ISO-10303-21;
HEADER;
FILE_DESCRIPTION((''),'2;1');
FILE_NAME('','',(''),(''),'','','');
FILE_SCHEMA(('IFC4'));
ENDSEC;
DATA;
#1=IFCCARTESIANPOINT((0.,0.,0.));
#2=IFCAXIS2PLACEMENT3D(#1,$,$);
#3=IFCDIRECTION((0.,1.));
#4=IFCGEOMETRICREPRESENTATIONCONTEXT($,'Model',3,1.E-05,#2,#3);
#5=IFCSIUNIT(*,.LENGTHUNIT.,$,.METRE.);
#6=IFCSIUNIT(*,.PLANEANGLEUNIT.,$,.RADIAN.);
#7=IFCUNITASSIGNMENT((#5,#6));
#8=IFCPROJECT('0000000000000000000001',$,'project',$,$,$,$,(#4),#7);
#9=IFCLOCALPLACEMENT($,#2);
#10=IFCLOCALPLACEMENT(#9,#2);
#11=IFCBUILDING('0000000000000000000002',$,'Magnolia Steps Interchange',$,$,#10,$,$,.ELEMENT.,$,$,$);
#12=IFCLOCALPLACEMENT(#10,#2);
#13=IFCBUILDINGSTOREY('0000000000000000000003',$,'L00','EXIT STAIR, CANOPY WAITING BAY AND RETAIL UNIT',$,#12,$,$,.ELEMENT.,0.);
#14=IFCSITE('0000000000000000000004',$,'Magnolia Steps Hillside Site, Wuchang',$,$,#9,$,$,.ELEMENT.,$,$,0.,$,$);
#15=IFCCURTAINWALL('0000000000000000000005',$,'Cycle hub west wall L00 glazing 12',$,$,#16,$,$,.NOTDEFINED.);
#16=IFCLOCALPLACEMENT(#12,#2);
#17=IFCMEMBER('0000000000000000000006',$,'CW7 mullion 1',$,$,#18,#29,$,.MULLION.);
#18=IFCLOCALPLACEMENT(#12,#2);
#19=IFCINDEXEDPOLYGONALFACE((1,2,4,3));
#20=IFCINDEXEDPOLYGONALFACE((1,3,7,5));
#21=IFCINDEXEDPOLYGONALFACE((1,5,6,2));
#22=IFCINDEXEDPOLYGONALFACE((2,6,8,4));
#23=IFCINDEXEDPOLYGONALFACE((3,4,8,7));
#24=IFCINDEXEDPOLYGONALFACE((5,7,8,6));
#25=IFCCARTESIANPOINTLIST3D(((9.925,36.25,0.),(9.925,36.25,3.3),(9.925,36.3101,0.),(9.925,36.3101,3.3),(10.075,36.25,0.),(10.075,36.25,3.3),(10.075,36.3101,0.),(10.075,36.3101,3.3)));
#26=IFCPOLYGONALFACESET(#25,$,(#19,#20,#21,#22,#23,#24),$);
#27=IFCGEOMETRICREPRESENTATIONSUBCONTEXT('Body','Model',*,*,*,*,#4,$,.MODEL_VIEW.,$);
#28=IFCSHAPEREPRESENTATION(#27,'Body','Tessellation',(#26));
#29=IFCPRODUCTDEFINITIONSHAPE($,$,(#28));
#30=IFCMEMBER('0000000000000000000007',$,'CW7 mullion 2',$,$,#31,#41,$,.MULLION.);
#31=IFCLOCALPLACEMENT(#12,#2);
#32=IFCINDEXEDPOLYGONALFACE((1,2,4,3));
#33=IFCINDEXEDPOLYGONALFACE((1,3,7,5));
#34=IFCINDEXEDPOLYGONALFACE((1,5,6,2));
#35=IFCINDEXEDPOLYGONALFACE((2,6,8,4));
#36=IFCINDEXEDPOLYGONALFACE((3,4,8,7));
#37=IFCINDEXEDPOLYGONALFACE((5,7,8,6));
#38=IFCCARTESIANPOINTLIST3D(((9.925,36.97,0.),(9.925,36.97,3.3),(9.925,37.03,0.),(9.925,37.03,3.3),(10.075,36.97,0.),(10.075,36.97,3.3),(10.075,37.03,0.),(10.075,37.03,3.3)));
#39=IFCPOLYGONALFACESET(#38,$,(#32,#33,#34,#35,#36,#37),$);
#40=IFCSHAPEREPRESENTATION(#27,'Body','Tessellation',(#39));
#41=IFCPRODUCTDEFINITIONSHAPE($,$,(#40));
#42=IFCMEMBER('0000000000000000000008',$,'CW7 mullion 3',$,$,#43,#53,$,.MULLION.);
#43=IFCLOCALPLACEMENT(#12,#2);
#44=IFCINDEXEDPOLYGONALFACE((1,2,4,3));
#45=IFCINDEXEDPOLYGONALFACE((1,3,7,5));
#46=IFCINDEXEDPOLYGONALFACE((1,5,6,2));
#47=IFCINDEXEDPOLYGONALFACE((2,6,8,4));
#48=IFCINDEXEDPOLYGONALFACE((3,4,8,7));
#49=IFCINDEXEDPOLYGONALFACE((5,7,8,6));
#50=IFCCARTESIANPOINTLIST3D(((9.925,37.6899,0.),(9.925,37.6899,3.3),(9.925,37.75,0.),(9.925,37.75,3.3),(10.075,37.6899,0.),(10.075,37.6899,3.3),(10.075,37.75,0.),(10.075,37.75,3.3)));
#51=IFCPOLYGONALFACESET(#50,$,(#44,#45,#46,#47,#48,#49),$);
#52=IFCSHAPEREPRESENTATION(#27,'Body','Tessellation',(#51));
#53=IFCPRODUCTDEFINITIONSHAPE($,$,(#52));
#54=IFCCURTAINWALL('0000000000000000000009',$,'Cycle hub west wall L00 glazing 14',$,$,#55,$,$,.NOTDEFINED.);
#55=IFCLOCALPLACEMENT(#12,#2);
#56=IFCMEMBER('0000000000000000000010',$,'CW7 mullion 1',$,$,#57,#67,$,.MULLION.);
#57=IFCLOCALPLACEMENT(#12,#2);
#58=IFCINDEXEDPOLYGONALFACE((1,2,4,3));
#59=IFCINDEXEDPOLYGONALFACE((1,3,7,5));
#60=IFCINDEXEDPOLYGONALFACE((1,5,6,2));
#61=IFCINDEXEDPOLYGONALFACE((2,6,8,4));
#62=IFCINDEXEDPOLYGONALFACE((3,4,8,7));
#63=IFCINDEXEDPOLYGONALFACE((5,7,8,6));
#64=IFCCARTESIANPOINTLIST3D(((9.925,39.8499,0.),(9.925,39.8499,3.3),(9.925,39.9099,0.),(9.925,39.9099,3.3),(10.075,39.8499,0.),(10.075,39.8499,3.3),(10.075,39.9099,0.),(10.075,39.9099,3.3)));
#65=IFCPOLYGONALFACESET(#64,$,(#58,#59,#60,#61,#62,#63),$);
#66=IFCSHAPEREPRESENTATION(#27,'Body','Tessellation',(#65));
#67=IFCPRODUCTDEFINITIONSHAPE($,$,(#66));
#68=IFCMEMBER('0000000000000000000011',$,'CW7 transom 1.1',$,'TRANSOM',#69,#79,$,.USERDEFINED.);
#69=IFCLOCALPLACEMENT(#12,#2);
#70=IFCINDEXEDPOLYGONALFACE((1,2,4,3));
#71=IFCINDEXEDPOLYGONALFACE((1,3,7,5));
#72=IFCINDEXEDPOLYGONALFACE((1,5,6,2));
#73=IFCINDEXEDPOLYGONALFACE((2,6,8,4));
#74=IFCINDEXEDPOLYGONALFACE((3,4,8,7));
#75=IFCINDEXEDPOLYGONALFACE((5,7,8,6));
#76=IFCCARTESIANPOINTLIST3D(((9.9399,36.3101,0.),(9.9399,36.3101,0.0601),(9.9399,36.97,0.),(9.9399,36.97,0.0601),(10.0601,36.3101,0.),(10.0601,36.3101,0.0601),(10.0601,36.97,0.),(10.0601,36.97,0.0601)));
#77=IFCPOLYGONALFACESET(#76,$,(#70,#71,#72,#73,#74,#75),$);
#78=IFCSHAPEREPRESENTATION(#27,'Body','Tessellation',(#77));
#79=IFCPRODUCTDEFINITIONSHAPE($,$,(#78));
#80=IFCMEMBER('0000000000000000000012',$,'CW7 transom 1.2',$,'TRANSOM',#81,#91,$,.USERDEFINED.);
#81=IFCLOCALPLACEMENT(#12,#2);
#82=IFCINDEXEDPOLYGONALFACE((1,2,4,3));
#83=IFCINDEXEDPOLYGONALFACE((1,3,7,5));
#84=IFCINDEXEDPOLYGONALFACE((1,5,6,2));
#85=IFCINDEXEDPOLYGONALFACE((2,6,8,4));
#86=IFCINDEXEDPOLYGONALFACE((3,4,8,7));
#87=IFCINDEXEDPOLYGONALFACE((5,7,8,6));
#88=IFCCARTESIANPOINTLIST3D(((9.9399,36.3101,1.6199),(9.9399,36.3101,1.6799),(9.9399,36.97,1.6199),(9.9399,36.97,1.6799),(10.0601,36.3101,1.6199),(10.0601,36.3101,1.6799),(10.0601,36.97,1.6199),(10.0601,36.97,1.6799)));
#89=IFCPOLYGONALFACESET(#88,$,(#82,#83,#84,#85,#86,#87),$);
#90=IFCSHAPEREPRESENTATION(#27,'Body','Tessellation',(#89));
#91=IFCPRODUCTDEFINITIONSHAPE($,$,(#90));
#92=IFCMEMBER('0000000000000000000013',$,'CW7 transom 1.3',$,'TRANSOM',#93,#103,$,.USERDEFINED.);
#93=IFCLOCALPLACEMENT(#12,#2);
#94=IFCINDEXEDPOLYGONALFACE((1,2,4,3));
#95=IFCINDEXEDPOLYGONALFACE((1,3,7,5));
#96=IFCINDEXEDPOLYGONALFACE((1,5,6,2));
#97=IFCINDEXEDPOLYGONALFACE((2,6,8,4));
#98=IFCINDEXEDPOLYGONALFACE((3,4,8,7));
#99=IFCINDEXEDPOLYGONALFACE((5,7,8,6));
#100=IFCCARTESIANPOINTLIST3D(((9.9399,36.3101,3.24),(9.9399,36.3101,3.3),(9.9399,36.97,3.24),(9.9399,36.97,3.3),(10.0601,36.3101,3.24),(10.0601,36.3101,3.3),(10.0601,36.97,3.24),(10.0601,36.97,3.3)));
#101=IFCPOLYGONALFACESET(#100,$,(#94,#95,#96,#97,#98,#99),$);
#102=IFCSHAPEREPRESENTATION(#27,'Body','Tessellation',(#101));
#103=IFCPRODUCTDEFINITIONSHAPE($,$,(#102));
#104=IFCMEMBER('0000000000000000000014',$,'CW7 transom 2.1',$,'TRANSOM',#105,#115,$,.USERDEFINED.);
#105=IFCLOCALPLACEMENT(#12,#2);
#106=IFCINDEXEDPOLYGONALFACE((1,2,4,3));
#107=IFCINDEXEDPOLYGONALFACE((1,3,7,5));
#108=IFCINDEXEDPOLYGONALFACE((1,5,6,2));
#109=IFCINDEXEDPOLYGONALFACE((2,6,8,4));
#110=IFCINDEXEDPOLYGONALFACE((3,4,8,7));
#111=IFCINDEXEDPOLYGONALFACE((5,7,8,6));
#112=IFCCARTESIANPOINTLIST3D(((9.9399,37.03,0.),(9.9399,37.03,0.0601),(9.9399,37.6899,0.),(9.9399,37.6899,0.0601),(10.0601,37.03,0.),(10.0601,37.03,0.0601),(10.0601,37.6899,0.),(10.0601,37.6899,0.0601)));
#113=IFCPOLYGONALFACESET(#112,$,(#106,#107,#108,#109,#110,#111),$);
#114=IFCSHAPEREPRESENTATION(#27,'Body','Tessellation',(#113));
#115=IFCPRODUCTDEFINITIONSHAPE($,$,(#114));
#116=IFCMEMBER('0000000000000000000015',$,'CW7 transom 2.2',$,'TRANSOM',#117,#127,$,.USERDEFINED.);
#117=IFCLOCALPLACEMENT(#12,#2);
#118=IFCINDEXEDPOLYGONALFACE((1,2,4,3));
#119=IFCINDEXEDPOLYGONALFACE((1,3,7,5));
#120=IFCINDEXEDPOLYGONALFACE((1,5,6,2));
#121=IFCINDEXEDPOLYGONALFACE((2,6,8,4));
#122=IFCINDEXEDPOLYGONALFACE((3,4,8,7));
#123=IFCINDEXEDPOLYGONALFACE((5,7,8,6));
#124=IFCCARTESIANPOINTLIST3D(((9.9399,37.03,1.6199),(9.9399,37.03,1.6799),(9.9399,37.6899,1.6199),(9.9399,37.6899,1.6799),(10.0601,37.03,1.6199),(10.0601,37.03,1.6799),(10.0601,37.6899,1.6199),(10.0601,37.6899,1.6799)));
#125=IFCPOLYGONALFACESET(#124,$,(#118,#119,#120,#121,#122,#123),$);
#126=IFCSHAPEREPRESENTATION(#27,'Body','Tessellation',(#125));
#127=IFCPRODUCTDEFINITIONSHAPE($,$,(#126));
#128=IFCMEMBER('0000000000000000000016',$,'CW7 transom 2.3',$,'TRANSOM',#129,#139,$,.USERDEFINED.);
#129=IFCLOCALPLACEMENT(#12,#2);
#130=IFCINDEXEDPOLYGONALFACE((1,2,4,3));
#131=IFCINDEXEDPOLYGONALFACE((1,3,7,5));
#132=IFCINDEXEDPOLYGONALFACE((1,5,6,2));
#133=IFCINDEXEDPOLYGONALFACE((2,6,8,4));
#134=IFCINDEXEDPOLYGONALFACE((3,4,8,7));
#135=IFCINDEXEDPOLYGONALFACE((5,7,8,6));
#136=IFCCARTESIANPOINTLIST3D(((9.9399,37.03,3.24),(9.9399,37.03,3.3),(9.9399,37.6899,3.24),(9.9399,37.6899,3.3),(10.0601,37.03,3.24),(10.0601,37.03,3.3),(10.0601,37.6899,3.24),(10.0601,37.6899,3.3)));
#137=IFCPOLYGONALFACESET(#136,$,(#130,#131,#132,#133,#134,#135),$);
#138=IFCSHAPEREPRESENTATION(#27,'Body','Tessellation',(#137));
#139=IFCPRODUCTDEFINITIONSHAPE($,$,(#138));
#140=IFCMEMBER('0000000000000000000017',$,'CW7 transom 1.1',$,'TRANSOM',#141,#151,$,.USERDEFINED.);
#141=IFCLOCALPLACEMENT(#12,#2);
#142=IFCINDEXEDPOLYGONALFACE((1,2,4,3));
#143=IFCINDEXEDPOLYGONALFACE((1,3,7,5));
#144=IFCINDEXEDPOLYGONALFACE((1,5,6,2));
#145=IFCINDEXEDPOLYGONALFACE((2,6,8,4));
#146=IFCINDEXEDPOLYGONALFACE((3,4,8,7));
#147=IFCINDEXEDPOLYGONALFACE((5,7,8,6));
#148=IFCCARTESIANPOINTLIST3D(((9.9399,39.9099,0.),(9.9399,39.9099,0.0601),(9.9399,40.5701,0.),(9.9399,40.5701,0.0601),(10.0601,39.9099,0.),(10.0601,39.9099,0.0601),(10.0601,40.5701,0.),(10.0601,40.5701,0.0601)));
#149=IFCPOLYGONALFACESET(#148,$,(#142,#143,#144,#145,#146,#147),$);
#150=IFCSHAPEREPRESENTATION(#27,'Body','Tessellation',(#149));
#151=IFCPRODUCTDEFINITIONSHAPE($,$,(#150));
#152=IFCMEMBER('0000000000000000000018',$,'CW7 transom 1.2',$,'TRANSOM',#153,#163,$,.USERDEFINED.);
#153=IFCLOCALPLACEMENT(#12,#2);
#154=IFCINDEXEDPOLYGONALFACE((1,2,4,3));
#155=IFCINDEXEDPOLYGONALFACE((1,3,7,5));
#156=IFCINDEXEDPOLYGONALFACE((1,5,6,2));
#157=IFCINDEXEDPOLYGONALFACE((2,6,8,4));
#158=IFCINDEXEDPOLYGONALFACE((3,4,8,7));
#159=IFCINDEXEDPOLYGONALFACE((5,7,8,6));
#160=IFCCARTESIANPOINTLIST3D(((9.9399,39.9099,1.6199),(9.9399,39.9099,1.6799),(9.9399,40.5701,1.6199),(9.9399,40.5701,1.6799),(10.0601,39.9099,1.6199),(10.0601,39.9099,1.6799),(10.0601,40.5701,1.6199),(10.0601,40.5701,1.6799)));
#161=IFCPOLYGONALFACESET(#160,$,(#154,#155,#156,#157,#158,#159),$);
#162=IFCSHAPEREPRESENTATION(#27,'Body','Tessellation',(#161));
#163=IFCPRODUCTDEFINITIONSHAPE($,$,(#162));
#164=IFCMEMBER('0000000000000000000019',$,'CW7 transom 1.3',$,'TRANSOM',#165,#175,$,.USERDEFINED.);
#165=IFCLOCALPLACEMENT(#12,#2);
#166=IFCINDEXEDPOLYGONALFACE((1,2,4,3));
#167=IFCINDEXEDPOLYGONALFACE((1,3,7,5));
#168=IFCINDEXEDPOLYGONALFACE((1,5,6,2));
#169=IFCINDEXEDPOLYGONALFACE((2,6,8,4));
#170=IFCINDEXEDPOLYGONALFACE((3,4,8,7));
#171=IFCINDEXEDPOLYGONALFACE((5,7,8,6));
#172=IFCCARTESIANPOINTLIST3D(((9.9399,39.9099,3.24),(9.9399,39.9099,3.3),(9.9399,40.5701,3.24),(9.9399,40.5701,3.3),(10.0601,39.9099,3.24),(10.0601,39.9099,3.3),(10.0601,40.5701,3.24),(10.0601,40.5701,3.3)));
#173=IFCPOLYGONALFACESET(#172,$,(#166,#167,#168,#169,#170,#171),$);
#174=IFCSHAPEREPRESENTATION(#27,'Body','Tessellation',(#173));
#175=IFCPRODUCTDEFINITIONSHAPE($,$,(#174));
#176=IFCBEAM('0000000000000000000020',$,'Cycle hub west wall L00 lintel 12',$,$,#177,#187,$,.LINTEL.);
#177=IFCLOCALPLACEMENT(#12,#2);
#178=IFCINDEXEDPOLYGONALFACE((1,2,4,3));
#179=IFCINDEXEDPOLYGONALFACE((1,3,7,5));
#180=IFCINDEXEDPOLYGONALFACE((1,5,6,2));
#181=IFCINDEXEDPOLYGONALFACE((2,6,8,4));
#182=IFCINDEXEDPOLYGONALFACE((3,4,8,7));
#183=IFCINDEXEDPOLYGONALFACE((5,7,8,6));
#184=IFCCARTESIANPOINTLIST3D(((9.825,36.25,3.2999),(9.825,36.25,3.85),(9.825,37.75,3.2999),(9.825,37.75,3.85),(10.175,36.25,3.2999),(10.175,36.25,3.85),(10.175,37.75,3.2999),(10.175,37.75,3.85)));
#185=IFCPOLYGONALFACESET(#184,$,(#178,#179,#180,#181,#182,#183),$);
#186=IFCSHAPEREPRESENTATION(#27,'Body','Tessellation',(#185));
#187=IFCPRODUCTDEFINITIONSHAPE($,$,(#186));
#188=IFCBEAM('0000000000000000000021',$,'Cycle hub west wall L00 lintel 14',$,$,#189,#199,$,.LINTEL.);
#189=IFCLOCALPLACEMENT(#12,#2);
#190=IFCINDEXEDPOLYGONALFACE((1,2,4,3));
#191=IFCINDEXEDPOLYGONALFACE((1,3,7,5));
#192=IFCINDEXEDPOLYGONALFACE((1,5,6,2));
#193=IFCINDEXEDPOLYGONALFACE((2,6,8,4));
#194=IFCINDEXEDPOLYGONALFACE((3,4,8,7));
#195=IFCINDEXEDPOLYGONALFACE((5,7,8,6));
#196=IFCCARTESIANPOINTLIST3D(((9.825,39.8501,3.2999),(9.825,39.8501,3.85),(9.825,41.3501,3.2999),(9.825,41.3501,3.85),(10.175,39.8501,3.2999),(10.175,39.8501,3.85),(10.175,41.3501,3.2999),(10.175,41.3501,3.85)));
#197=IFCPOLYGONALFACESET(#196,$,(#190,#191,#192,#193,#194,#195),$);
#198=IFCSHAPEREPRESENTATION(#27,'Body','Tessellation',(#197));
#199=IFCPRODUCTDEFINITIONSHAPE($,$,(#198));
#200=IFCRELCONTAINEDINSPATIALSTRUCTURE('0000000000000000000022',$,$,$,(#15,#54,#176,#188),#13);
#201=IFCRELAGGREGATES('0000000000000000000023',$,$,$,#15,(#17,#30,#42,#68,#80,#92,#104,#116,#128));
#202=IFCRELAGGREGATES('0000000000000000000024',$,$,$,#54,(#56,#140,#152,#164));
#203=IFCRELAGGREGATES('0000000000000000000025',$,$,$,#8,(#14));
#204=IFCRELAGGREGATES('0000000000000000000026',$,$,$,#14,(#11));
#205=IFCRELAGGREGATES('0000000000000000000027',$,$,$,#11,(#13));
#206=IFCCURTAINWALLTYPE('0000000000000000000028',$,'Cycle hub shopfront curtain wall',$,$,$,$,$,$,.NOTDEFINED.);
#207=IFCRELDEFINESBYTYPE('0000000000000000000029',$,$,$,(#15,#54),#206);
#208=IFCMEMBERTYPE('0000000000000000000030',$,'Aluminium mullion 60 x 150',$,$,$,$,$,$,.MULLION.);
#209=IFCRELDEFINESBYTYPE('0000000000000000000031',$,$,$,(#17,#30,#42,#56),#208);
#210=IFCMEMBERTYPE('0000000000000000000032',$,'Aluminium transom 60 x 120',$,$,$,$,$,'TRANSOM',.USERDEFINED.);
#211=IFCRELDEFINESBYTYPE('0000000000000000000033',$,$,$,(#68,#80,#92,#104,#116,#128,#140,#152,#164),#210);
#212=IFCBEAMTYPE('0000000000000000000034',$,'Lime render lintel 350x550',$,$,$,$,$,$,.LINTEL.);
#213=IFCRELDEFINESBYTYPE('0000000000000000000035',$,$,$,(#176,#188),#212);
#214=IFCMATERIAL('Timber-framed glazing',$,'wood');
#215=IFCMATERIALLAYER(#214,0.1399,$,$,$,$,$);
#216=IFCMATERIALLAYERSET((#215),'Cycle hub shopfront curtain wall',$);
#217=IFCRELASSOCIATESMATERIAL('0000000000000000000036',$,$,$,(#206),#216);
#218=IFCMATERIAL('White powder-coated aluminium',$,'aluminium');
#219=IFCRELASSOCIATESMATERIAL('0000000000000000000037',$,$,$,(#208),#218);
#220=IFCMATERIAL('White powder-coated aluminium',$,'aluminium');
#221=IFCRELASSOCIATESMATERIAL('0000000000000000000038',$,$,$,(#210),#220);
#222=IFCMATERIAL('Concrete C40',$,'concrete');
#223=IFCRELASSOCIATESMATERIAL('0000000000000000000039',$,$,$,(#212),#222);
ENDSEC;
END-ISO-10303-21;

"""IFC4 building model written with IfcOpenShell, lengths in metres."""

from ifc_helpers import new_model, si_unit, direction, frame, origin, origin_2d, place, context, subcontext, project, spatial, rectangle, extrude, material, layer, layer_set, material_profile, profile_set, type_object, element, aggregate, save


model = new_model("IFC4")

# Units and contexts
model_context = context("Model", 3, precision=1e-05, world=origin(), true_north=direction((0.0, 1.0)))
body_context = subcontext(model_context, "Body", "Model", "MODEL_VIEW")
ifc_project = project(units=[si_unit("LENGTHUNIT", "METRE"), si_unit("PLANEANGLEUNIT", "RADIAN")], contexts=[model_context])

# Site, building, storey
site_placement = place(None, origin())
site = spatial("IfcSite", under=ifc_project, at=site_placement, Name="Magnolia Steps Hillside Site, Wuchang", CompositionType="ELEMENT", RefElevation=0.0)
building_placement = place(site_placement, origin())
building = spatial("IfcBuilding", under=site, at=building_placement, Name="Magnolia Steps Interchange", CompositionType="ELEMENT")
storey_placement = place(building_placement, origin())
storey = spatial("IfcBuildingStorey", under=building, at=storey_placement, Name="L00", Description="EXIT STAIR, CANOPY WAITING BAY AND RETAIL UNIT", CompositionType="ELEMENT", Elevation=0.0)

# Curtain wall, members
ifc_material_1 = material(Name="Timber-framed glazing", Category="wood")
ifc_layer_1 = layer(ifc_material_1, 0.1399)
ifc_layer_set_1 = layer_set([ifc_layer_1], Name="Cycle hub shopfront curtain wall")
curtain_wall_type = type_object("IfcCurtainWallType", Name="Cycle hub shopfront curtain wall", PredefinedType="NOTDEFINED", material=ifc_layer_set_1)
curtain_wall_1_placement = place(storey_placement, origin())
curtain_wall_1 = element("IfcCurtainWall", 1, at=curtain_wall_1_placement, inside=storey, type_object=curtain_wall_type, Name="Cycle hub west wall L00 glazing 12", PredefinedType="NOTDEFINED")
ifc_material_2 = material(Name="White powder-coated aluminium", Category="aluminium")
ifc_material_profile_1 = material_profile(ifc_material_2, rectangle(XDim=0.0601, YDim=0.1499, at=origin_2d()), Name="Aluminium mullion 60 x 150")
ifc_profile_set_1 = profile_set([ifc_material_profile_1], Name="White powder-coated aluminium")
member_type_1 = type_object("IfcMemberType", Name="Aluminium mullion 60 x 150", PredefinedType="MULLION", material=ifc_profile_set_1)
member_1_placement = place(storey_placement, frame((10.0, 36.28, 0.0), z_axis=(0.0, 0.0, 1.0), x_axis=(0.0, 1.0, 0.0)))
member_1 = element("IfcMember", 2, at=member_1_placement, type_object=member_type_1, Name="CW7 mullion 1", PredefinedType="MULLION", context=body_context, shape_type="SweptSolid", body=[
    extrude(rectangle(XDim=0.0601, YDim=0.1499, at=origin_2d()), origin(), (0.0, 0.0, 1.0), 3.3),
])
member_2_placement = place(storey_placement, frame((10.0, 37.0, 0.0), z_axis=(0.0, 0.0, 1.0), x_axis=(0.0, 1.0, 0.0)))
member_2 = element("IfcMember", 3, at=member_2_placement, type_object=member_type_1, Name="CW7 mullion 2", PredefinedType="MULLION", context=body_context, shape_type="SweptSolid", body=[
    extrude(rectangle(XDim=0.0601, YDim=0.1499, at=origin_2d()), origin(), (0.0, 0.0, 1.0), 3.3),
])
member_3_placement = place(storey_placement, frame((10.0, 37.72, 0.0), z_axis=(0.0, 0.0, 1.0), x_axis=(0.0, 1.0, 0.0)))
member_3 = element("IfcMember", 4, at=member_3_placement, type_object=member_type_1, Name="CW7 mullion 3", PredefinedType="MULLION", context=body_context, shape_type="SweptSolid", body=[
    extrude(rectangle(XDim=0.0601, YDim=0.1499, at=origin_2d()), origin(), (0.0, 0.0, 1.0), 3.3),
])

# Curtain wall, member
curtain_wall_2_placement = place(storey_placement, origin())
curtain_wall_2 = element("IfcCurtainWall", 5, at=curtain_wall_2_placement, inside=storey, type_object=curtain_wall_type, Name="Cycle hub west wall L00 glazing 14", PredefinedType="NOTDEFINED")
member_4_placement = place(storey_placement, frame((10.0, 39.8799, 0.0), z_axis=(0.0, 0.0, 1.0), x_axis=(0.0, 1.0, 0.0)))
member_4 = element("IfcMember", 6, at=member_4_placement, type_object=member_type_1, Name="CW7 mullion 1", PredefinedType="MULLION", context=body_context, shape_type="SweptSolid", body=[
    extrude(rectangle(XDim=0.0601, YDim=0.1499, at=origin_2d()), origin(), (0.0, 0.0, 1.0), 3.3),
])

# Members
ifc_material_3 = material(Name="White powder-coated aluminium", Category="aluminium")
ifc_material_profile_2 = material_profile(ifc_material_3, rectangle(XDim=0.0601, YDim=0.1201, at=origin_2d()), Name="Aluminium transom 60 x 120")
ifc_profile_set_2 = profile_set([ifc_material_profile_2], Name="White powder-coated aluminium")
member_type_2 = type_object("IfcMemberType", Name="Aluminium transom 60 x 120", ElementType="TRANSOM", PredefinedType="USERDEFINED", material=ifc_profile_set_2)
member_5_placement = place(storey_placement, frame((10.0, 36.3101, 0.03), z_axis=(0.0, 1.0, 0.0), x_axis=(0.0, 0.0, 1.0)))
member_5 = element("IfcMember", 7, at=member_5_placement, type_object=member_type_2, Name="CW7 transom 1.1", ObjectType="TRANSOM", PredefinedType="USERDEFINED", context=body_context, shape_type="SweptSolid", body=[
    extrude(rectangle(XDim=0.0601, YDim=0.1201, at=origin_2d()), origin(), (0.0, 0.0, 1.0), 0.6599),
])
member_6_placement = place(storey_placement, frame((10.0, 36.3101, 1.6499), z_axis=(0.0, 1.0, 0.0), x_axis=(0.0, 0.0, 1.0)))
member_6 = element("IfcMember", 8, at=member_6_placement, type_object=member_type_2, Name="CW7 transom 1.2", ObjectType="TRANSOM", PredefinedType="USERDEFINED", context=body_context, shape_type="SweptSolid", body=[
    extrude(rectangle(XDim=0.0601, YDim=0.1201, at=origin_2d()), origin(), (0.0, 0.0, 1.0), 0.6599),
])
member_7_placement = place(storey_placement, frame((10.0, 36.3101, 3.27), z_axis=(0.0, 1.0, 0.0), x_axis=(0.0, 0.0, 1.0)))
member_7 = element("IfcMember", 9, at=member_7_placement, type_object=member_type_2, Name="CW7 transom 1.3", ObjectType="TRANSOM", PredefinedType="USERDEFINED", context=body_context, shape_type="SweptSolid", body=[
    extrude(rectangle(XDim=0.0601, YDim=0.1201, at=origin_2d()), origin(), (0.0, 0.0, 1.0), 0.6599),
])
member_8_placement = place(storey_placement, frame((10.0, 37.03, 0.03), z_axis=(0.0, 1.0, 0.0), x_axis=(0.0, 0.0, 1.0)))
member_8 = element("IfcMember", 10, at=member_8_placement, type_object=member_type_2, Name="CW7 transom 2.1", ObjectType="TRANSOM", PredefinedType="USERDEFINED", context=body_context, shape_type="SweptSolid", body=[
    extrude(rectangle(XDim=0.0601, YDim=0.1201, at=origin_2d()), origin(), (0.0, 0.0, 1.0), 0.6599),
])
member_9_placement = place(storey_placement, frame((10.0, 37.03, 1.6499), z_axis=(0.0, 1.0, 0.0), x_axis=(0.0, 0.0, 1.0)))
member_9 = element("IfcMember", 11, at=member_9_placement, type_object=member_type_2, Name="CW7 transom 2.2", ObjectType="TRANSOM", PredefinedType="USERDEFINED", context=body_context, shape_type="SweptSolid", body=[
    extrude(rectangle(XDim=0.0601, YDim=0.1201, at=origin_2d()), origin(), (0.0, 0.0, 1.0), 0.6599),
])
member_10_placement = place(storey_placement, frame((10.0, 37.03, 3.27), z_axis=(0.0, 1.0, 0.0), x_axis=(0.0, 0.0, 1.0)))
member_10 = element("IfcMember", 12, at=member_10_placement, type_object=member_type_2, Name="CW7 transom 2.3", ObjectType="TRANSOM", PredefinedType="USERDEFINED", context=body_context, shape_type="SweptSolid", body=[
    extrude(rectangle(XDim=0.0601, YDim=0.1201, at=origin_2d()), origin(), (0.0, 0.0, 1.0), 0.6599),
])
member_11_placement = place(storey_placement, frame((10.0, 39.9099, 0.03), z_axis=(0.0, 1.0, 0.0), x_axis=(0.0, 0.0, 1.0)))
member_11 = element("IfcMember", 13, at=member_11_placement, type_object=member_type_2, Name="CW7 transom 1.1", ObjectType="TRANSOM", PredefinedType="USERDEFINED", context=body_context, shape_type="SweptSolid", body=[
    extrude(rectangle(XDim=0.0601, YDim=0.1201, at=origin_2d()), origin(), (0.0, 0.0, 1.0), 0.6602),
])
member_12_placement = place(storey_placement, frame((10.0, 39.9099, 1.6499), z_axis=(0.0, 1.0, 0.0), x_axis=(0.0, 0.0, 1.0)))
member_12 = element("IfcMember", 14, at=member_12_placement, type_object=member_type_2, Name="CW7 transom 1.2", ObjectType="TRANSOM", PredefinedType="USERDEFINED", context=body_context, shape_type="SweptSolid", body=[
    extrude(rectangle(XDim=0.0601, YDim=0.1201, at=origin_2d()), origin(), (0.0, 0.0, 1.0), 0.6602),
])
member_13_placement = place(storey_placement, frame((10.0, 39.9099, 3.27), z_axis=(0.0, 1.0, 0.0), x_axis=(0.0, 0.0, 1.0)))
member_13 = element("IfcMember", 15, at=member_13_placement, type_object=member_type_2, Name="CW7 transom 1.3", ObjectType="TRANSOM", PredefinedType="USERDEFINED", context=body_context, shape_type="SweptSolid", body=[
    extrude(rectangle(XDim=0.0601, YDim=0.1201, at=origin_2d()), origin(), (0.0, 0.0, 1.0), 0.6602),
])

# Beams
ifc_material_4 = material(Name="Concrete C40", Category="concrete")
ifc_material_profile_3 = material_profile(ifc_material_4, rectangle(XDim=0.3501, YDim=0.55, at=origin_2d()), Name="RC350x550")
ifc_profile_set_3 = profile_set([ifc_material_profile_3], Name="Concrete C40")
beam_type = type_object("IfcBeamType", Name="Lime render lintel 350x550", PredefinedType="LINTEL", material=ifc_profile_set_3)
for number, where, z_axis, x_axis, name in (
    (16, (10.0, 36.25, 3.575), (0.0, 1.0, 0.0), (-1.0, 0.0, 0.0), "Cycle hub west wall L00 lintel 12"),
    (17, (10.0, 39.8501, 3.575), (0.0, 1.0, 0.0), (-1.0, 0.0, 0.0), "Cycle hub west wall L00 lintel 14"),
):
    element("IfcBeam", number, at=place(storey_placement, frame(where, z_axis=z_axis, x_axis=x_axis)), inside=storey, type_object=beam_type, Name=name, PredefinedType="LINTEL", context=body_context, shape_type="SweptSolid", body=[
        extrude(rectangle(XDim=0.3501, YDim=0.55, at=origin_2d()), origin(), (0.0, 0.0, 1.0), 1.5),
    ])

aggregate(curtain_wall_1, [member_1, member_2, member_3, member_5, member_6, member_7, member_8, member_9, member_10])
aggregate(curtain_wall_2, [member_4, member_11, member_12, member_13])

save(model, "model.ifc")
